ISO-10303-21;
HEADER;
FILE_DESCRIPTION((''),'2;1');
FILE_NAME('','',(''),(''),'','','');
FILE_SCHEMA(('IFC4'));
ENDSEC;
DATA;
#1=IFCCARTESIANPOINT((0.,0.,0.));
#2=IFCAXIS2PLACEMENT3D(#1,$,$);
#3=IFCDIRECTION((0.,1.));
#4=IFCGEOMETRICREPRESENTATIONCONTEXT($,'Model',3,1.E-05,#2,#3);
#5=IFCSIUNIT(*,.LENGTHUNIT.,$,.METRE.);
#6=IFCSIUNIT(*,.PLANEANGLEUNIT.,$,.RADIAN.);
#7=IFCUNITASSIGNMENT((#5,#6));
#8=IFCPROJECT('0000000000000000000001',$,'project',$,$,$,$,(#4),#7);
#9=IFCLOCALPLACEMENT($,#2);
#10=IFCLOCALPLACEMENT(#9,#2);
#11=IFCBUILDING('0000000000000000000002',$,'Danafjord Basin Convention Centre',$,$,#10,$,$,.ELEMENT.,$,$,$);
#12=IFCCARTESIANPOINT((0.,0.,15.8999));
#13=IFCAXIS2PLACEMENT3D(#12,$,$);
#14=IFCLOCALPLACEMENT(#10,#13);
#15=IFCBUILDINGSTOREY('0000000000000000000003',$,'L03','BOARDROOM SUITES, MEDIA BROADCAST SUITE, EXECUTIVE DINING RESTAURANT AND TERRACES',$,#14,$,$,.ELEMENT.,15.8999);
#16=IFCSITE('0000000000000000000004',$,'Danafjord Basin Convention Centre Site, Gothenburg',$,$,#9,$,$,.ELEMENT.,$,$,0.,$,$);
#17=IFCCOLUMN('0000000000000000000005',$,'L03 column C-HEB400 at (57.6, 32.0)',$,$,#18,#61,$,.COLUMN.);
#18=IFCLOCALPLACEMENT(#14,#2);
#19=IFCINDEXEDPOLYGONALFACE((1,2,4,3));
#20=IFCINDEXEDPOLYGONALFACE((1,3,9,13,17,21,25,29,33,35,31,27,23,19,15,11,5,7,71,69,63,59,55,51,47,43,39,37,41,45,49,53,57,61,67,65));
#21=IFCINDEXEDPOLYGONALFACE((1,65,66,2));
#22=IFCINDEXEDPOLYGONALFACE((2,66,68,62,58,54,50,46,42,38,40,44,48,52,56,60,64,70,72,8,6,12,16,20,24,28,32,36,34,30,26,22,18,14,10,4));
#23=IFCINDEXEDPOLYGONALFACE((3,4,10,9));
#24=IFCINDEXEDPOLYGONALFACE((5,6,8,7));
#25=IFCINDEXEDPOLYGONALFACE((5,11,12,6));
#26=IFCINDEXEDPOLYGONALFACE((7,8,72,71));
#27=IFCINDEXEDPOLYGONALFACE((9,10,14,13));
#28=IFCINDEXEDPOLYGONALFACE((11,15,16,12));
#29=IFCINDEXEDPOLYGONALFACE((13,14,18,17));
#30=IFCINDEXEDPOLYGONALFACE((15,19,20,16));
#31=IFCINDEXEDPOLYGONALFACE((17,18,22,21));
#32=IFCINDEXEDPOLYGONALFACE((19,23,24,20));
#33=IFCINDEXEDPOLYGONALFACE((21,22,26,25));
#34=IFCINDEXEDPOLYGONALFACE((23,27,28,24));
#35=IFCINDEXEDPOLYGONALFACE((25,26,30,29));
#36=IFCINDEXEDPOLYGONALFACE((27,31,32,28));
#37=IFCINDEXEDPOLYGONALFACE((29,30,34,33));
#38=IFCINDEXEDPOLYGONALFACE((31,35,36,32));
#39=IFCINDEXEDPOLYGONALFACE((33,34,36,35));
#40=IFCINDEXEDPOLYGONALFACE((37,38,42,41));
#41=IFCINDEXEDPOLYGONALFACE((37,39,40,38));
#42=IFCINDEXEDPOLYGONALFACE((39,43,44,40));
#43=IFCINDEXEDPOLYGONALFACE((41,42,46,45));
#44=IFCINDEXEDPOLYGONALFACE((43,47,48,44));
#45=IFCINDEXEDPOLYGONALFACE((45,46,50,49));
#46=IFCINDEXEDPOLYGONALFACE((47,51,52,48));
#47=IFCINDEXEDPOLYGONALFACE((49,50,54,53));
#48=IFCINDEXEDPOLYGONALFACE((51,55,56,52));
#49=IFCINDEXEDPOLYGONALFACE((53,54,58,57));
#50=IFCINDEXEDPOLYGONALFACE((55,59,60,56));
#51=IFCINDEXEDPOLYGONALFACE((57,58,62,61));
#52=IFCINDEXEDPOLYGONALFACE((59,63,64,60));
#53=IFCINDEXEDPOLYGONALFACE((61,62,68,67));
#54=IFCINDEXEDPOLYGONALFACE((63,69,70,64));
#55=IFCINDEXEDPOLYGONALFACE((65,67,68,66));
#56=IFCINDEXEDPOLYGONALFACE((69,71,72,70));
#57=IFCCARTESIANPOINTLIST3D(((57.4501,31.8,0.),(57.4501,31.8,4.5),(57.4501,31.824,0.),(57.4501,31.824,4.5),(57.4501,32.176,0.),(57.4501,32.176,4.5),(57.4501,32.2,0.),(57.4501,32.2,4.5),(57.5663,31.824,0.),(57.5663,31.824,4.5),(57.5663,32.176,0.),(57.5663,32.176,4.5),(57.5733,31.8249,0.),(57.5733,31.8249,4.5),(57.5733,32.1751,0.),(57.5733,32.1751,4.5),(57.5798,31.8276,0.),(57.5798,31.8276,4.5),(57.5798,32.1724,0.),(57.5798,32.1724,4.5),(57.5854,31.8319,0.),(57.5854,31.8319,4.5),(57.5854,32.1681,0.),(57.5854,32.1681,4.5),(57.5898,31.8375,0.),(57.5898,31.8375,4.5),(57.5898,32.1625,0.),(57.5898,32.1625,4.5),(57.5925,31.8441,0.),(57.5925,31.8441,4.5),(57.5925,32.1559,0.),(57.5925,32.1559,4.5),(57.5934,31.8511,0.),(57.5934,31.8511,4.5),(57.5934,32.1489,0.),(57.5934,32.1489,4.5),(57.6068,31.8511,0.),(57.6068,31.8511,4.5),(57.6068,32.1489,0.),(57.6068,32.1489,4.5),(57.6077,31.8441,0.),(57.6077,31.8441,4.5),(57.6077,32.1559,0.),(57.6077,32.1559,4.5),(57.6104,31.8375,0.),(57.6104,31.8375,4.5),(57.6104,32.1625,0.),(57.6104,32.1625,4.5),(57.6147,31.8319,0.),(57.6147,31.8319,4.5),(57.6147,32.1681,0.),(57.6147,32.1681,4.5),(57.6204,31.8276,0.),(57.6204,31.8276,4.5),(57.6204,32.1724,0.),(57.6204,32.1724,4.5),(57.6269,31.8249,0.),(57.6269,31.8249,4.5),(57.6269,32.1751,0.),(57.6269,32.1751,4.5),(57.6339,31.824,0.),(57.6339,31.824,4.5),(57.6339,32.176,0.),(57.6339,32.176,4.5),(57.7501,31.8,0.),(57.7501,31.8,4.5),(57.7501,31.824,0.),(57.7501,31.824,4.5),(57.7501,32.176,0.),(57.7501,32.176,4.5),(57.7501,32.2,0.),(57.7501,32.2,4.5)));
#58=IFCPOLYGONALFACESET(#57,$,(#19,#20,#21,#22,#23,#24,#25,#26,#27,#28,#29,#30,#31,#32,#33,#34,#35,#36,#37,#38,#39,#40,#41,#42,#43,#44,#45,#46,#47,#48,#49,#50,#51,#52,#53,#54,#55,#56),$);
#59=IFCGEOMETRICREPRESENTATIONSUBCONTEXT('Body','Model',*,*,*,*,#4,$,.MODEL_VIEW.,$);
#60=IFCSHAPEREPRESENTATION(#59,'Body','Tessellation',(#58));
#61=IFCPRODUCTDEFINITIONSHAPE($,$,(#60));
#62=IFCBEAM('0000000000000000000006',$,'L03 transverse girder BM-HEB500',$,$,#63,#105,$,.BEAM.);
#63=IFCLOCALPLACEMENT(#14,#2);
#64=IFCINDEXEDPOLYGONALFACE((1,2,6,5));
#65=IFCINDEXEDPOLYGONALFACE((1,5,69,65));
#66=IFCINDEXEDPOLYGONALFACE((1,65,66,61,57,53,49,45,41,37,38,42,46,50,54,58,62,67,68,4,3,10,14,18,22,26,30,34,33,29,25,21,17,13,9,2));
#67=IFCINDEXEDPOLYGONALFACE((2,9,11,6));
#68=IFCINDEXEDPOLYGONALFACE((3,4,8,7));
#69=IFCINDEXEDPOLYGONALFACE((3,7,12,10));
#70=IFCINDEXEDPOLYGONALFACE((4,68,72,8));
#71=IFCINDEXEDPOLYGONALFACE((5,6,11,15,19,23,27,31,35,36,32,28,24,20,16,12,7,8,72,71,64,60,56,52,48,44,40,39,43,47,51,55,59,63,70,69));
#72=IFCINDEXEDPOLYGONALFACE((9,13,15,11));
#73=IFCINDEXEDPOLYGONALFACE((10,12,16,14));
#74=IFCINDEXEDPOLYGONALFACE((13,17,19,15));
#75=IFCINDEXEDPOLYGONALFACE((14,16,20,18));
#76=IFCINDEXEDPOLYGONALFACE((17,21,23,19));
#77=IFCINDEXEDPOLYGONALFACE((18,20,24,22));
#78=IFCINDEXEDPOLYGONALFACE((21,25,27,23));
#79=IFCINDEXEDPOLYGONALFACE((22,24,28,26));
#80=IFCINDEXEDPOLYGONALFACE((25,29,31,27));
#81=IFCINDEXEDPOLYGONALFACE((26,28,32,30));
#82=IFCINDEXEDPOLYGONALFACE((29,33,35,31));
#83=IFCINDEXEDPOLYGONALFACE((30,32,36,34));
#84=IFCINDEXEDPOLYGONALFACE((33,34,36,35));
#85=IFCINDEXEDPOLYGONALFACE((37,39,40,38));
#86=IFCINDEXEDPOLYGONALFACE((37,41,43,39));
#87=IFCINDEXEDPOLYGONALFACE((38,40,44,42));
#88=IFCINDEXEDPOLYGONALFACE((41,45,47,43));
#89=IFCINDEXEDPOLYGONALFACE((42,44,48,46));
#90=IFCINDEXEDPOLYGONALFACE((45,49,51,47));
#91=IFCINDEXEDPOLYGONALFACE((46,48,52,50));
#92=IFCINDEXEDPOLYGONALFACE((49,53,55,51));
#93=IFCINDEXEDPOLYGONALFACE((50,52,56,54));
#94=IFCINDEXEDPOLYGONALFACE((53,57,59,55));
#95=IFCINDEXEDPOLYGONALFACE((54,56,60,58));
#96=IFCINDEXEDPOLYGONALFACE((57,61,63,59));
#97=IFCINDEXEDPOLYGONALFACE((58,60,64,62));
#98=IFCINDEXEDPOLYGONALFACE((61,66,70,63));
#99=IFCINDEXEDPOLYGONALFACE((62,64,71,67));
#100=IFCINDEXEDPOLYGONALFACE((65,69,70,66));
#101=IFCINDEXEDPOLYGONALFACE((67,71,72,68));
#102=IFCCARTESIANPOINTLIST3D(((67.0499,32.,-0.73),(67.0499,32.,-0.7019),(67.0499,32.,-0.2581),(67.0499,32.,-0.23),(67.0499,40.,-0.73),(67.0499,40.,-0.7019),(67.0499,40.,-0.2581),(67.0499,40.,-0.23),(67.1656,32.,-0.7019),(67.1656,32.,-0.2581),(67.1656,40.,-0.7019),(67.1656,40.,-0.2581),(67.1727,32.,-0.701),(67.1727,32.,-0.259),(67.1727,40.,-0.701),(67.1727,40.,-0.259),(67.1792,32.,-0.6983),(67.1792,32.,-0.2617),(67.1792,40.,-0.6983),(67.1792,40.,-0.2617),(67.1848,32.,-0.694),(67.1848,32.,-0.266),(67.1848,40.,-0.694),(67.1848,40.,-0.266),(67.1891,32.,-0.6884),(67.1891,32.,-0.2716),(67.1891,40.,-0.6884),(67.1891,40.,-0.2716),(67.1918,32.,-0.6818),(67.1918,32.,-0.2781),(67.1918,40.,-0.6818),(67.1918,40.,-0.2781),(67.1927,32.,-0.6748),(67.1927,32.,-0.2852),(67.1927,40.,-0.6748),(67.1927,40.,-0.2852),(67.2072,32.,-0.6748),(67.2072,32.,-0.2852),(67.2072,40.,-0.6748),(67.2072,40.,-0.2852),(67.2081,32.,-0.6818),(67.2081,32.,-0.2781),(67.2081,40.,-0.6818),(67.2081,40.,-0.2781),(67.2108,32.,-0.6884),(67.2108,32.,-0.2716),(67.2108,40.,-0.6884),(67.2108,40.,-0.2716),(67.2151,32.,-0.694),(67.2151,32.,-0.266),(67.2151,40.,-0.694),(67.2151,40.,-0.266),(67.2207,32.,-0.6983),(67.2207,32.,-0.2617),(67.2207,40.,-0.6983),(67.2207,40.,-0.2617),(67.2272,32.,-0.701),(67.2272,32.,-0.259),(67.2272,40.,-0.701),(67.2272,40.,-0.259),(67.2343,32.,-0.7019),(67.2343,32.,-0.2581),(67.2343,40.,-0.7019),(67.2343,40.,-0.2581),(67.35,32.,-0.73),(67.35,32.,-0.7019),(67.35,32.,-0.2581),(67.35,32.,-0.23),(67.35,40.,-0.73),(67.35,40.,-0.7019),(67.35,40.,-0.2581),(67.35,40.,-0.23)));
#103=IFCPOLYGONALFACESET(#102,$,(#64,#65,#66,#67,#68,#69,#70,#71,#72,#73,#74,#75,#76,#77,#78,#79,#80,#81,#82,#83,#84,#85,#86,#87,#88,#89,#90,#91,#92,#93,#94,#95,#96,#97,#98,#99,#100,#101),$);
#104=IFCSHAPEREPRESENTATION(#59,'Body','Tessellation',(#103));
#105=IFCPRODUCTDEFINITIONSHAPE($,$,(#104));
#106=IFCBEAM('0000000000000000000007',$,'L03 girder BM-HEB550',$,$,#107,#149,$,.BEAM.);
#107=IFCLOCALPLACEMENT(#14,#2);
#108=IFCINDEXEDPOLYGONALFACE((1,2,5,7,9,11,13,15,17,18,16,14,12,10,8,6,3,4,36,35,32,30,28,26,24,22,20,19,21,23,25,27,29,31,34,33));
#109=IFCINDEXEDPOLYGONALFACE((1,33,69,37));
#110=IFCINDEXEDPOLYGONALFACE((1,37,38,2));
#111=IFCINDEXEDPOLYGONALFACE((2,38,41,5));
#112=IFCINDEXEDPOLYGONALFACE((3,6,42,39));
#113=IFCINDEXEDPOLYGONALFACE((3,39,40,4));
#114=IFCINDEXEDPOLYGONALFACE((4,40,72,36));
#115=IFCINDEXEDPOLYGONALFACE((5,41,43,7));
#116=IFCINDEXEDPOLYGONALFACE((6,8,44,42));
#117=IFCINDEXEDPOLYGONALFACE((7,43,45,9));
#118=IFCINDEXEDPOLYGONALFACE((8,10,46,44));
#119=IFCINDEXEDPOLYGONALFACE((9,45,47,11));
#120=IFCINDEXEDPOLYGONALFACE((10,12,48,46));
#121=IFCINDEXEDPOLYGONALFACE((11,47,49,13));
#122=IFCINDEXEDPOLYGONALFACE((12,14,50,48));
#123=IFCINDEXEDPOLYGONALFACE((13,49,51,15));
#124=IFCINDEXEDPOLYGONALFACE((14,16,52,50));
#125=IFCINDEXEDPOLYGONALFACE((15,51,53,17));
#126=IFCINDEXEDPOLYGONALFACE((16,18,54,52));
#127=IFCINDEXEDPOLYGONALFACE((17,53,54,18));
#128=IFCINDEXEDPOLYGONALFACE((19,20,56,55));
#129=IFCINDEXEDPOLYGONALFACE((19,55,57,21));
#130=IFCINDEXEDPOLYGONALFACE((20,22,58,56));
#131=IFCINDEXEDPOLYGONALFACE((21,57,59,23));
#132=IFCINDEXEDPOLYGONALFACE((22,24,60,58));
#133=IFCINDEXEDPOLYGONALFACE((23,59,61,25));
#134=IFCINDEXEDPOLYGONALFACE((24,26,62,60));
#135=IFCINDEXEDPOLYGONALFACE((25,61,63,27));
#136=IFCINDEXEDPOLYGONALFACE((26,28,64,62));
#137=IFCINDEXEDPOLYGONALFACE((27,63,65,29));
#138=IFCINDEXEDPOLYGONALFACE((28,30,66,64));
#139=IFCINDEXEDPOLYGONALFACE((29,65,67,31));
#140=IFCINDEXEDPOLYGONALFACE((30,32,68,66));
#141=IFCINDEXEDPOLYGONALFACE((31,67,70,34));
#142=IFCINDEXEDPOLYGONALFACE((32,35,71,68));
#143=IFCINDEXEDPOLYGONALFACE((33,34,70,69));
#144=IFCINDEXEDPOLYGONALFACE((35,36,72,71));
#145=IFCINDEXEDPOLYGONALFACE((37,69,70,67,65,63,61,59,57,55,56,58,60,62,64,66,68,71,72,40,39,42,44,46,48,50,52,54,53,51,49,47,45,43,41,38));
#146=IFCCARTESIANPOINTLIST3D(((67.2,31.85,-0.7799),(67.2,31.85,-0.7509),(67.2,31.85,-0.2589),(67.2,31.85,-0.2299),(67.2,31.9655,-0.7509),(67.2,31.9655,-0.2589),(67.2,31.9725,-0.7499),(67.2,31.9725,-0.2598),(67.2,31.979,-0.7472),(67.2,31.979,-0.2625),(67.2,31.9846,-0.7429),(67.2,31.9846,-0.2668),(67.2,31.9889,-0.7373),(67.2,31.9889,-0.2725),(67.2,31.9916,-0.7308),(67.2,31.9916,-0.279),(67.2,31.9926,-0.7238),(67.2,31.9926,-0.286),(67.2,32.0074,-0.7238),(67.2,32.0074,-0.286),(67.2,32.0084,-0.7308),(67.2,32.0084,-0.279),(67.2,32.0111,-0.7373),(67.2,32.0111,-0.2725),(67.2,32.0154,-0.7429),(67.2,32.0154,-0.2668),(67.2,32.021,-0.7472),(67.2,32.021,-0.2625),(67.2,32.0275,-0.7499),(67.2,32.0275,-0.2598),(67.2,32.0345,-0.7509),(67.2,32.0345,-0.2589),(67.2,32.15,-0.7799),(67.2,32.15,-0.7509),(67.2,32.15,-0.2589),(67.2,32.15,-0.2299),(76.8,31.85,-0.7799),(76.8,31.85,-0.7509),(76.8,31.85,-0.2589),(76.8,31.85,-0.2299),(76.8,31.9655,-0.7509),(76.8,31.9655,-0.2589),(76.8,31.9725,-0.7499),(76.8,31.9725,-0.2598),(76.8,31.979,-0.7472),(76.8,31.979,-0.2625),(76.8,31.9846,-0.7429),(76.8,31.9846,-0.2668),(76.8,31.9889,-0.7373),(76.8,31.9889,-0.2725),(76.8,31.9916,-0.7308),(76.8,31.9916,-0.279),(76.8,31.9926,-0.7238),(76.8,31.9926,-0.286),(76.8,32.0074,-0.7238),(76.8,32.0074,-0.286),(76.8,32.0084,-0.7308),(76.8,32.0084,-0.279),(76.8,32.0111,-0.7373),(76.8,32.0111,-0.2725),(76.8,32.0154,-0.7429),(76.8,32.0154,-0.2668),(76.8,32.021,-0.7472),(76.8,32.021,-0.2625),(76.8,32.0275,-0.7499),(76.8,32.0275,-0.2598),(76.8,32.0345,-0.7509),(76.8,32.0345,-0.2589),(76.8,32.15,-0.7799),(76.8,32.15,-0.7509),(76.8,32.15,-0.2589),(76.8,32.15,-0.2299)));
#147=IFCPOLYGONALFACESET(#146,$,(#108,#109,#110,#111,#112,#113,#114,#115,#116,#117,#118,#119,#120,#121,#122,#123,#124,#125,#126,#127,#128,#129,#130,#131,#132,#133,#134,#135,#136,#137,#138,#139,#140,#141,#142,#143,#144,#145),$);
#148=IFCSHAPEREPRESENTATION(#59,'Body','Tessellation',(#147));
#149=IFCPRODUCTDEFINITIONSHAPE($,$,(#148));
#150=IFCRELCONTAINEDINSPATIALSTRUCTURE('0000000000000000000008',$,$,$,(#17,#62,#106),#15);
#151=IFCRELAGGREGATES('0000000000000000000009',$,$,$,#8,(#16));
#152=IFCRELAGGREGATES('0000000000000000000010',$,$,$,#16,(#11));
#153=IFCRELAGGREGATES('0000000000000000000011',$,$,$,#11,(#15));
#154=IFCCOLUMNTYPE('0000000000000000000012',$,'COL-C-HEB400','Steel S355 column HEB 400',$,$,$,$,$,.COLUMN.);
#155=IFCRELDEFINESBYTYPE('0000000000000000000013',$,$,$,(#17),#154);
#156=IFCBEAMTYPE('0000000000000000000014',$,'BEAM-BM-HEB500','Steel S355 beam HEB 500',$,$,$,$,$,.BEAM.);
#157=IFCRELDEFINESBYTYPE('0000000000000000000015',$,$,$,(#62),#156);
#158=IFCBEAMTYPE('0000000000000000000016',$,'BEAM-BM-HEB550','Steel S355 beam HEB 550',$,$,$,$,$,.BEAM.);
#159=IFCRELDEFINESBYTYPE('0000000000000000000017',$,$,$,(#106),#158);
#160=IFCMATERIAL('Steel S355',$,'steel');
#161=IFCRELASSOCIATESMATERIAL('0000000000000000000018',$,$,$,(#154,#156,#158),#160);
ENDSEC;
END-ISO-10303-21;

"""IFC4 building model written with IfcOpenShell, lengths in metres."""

from ifc_helpers import new_model, si_unit, direction, frame, origin, origin_2d, place, context, subcontext, project, spatial, i_section, extrude, material, material_profile, profile_set, type_object, element, save


model = new_model("IFC4")

# Units and contexts
model_context = context("Model", 3, precision=1e-05, world=origin(), true_north=direction((0.0, 1.0)))
body_context = subcontext(model_context, "Body", "Model", "MODEL_VIEW")
ifc_project = project(units=[si_unit("LENGTHUNIT", "METRE"), si_unit("PLANEANGLEUNIT", "RADIAN")], contexts=[model_context])

# Site, building, storey
site_placement = place(None, origin())
site = spatial("IfcSite", under=ifc_project, at=site_placement, Name="Danafjord Basin Convention Centre Site, Gothenburg", CompositionType="ELEMENT", RefElevation=0.0)
building_placement = place(site_placement, origin())
building = spatial("IfcBuilding", under=site, at=building_placement, Name="Danafjord Basin Convention Centre", CompositionType="ELEMENT")
storey_placement = place(building_placement, frame((0.0, 0.0, 15.8999)))
storey = spatial("IfcBuildingStorey", under=building, at=storey_placement, Name="L03", Description="BOARDROOM SUITES, MEDIA BROADCAST SUITE, EXECUTIVE DINING RESTAURANT AND TERRACES", CompositionType="ELEMENT", Elevation=15.8999)

# Column
ifc_material_1 = material(Name="Steel S355", Category="steel")
ifc_material_profile_1 = material_profile(ifc_material_1, i_section(OverallWidth=0.3, OverallDepth=0.3999, WebThickness=0.0134, FlangeThickness=0.0239, FilletRadius=0.0271, at=origin_2d()), Name="HEB 400")
ifc_profile_set_1 = profile_set([ifc_material_profile_1], Name="Steel S355")
column_type_1 = type_object("IfcColumnType", Name="COL-C-HEB400", Description="Steel S355 column HEB 400", PredefinedType="COLUMN", material=ifc_profile_set_1)
column_1_placement = place(storey_placement, frame((57.6001, 32.0, 0.0), z_axis=(0.0, 0.0, 1.0), x_axis=(1.0, 0.0, 0.0)))
element("IfcColumn", 1, at=column_1_placement, inside=storey, type_object=column_type_1, Name="L03 column C-HEB400 at (57.6, 32.0)", PredefinedType="COLUMN", context=body_context, shape_type="SweptSolid", body=[
    extrude(i_section(OverallWidth=0.3, OverallDepth=0.3999, WebThickness=0.0134, FlangeThickness=0.0239, FilletRadius=0.0271, at=origin_2d()), origin(), (0.0, 0.0, 1.0), 4.5),
])

# Beams
ifc_material_profile_2 = material_profile(ifc_material_1, i_section(OverallWidth=0.3, OverallDepth=0.5, WebThickness=0.0144, FlangeThickness=0.0281, FilletRadius=0.0271, at=origin_2d()), Name="HEB 500")
ifc_profile_set_2 = profile_set([ifc_material_profile_2], Name="Steel S355")
beam_type_1 = type_object("IfcBeamType", Name="BEAM-BM-HEB500", Description="Steel S355 beam HEB 500", PredefinedType="BEAM", material=ifc_profile_set_2)
beam_1_placement = place(storey_placement, frame((67.2, 32.0, -0.48), z_axis=(0.0, 1.0, 0.0), x_axis=(-1.0, 0.0, 0.0)))
element("IfcBeam", 2, at=beam_1_placement, inside=storey, type_object=beam_type_1, Name="L03 transverse girder BM-HEB500", PredefinedType="BEAM", context=body_context, shape_type="SweptSolid", body=[
    extrude(i_section(OverallWidth=0.3, OverallDepth=0.5, WebThickness=0.0144, FlangeThickness=0.0281, FilletRadius=0.0271, at=origin_2d()), origin(), (0.0, 0.0, 1.0), 8.0),
])
ifc_material_profile_3 = material_profile(ifc_material_1, i_section(OverallWidth=0.3, OverallDepth=0.55, WebThickness=0.0149, FlangeThickness=0.0291, FilletRadius=0.0271, at=origin_2d()), Name="HEB 550")
ifc_profile_set_3 = profile_set([ifc_material_profile_3], Name="Steel S355")
beam_type_2 = type_object("IfcBeamType", Name="BEAM-BM-HEB550", Description="Steel S355 beam HEB 550", PredefinedType="BEAM", material=ifc_profile_set_3)
beam_2_placement = place(storey_placement, frame((67.2, 32.0, -0.5049), z_axis=(1.0, 0.0, 0.0), x_axis=(0.0, 1.0, 0.0)))
element("IfcBeam", 3, at=beam_2_placement, inside=storey, type_object=beam_type_2, Name="L03 girder BM-HEB550", PredefinedType="BEAM", context=body_context, shape_type="SweptSolid", body=[
    extrude(i_section(OverallWidth=0.3, OverallDepth=0.55, WebThickness=0.0149, FlangeThickness=0.0291, FilletRadius=0.0271, at=origin_2d()), origin(), (0.0, 0.0, 1.0), 9.6001),
])

save(model, "model.ifc")
